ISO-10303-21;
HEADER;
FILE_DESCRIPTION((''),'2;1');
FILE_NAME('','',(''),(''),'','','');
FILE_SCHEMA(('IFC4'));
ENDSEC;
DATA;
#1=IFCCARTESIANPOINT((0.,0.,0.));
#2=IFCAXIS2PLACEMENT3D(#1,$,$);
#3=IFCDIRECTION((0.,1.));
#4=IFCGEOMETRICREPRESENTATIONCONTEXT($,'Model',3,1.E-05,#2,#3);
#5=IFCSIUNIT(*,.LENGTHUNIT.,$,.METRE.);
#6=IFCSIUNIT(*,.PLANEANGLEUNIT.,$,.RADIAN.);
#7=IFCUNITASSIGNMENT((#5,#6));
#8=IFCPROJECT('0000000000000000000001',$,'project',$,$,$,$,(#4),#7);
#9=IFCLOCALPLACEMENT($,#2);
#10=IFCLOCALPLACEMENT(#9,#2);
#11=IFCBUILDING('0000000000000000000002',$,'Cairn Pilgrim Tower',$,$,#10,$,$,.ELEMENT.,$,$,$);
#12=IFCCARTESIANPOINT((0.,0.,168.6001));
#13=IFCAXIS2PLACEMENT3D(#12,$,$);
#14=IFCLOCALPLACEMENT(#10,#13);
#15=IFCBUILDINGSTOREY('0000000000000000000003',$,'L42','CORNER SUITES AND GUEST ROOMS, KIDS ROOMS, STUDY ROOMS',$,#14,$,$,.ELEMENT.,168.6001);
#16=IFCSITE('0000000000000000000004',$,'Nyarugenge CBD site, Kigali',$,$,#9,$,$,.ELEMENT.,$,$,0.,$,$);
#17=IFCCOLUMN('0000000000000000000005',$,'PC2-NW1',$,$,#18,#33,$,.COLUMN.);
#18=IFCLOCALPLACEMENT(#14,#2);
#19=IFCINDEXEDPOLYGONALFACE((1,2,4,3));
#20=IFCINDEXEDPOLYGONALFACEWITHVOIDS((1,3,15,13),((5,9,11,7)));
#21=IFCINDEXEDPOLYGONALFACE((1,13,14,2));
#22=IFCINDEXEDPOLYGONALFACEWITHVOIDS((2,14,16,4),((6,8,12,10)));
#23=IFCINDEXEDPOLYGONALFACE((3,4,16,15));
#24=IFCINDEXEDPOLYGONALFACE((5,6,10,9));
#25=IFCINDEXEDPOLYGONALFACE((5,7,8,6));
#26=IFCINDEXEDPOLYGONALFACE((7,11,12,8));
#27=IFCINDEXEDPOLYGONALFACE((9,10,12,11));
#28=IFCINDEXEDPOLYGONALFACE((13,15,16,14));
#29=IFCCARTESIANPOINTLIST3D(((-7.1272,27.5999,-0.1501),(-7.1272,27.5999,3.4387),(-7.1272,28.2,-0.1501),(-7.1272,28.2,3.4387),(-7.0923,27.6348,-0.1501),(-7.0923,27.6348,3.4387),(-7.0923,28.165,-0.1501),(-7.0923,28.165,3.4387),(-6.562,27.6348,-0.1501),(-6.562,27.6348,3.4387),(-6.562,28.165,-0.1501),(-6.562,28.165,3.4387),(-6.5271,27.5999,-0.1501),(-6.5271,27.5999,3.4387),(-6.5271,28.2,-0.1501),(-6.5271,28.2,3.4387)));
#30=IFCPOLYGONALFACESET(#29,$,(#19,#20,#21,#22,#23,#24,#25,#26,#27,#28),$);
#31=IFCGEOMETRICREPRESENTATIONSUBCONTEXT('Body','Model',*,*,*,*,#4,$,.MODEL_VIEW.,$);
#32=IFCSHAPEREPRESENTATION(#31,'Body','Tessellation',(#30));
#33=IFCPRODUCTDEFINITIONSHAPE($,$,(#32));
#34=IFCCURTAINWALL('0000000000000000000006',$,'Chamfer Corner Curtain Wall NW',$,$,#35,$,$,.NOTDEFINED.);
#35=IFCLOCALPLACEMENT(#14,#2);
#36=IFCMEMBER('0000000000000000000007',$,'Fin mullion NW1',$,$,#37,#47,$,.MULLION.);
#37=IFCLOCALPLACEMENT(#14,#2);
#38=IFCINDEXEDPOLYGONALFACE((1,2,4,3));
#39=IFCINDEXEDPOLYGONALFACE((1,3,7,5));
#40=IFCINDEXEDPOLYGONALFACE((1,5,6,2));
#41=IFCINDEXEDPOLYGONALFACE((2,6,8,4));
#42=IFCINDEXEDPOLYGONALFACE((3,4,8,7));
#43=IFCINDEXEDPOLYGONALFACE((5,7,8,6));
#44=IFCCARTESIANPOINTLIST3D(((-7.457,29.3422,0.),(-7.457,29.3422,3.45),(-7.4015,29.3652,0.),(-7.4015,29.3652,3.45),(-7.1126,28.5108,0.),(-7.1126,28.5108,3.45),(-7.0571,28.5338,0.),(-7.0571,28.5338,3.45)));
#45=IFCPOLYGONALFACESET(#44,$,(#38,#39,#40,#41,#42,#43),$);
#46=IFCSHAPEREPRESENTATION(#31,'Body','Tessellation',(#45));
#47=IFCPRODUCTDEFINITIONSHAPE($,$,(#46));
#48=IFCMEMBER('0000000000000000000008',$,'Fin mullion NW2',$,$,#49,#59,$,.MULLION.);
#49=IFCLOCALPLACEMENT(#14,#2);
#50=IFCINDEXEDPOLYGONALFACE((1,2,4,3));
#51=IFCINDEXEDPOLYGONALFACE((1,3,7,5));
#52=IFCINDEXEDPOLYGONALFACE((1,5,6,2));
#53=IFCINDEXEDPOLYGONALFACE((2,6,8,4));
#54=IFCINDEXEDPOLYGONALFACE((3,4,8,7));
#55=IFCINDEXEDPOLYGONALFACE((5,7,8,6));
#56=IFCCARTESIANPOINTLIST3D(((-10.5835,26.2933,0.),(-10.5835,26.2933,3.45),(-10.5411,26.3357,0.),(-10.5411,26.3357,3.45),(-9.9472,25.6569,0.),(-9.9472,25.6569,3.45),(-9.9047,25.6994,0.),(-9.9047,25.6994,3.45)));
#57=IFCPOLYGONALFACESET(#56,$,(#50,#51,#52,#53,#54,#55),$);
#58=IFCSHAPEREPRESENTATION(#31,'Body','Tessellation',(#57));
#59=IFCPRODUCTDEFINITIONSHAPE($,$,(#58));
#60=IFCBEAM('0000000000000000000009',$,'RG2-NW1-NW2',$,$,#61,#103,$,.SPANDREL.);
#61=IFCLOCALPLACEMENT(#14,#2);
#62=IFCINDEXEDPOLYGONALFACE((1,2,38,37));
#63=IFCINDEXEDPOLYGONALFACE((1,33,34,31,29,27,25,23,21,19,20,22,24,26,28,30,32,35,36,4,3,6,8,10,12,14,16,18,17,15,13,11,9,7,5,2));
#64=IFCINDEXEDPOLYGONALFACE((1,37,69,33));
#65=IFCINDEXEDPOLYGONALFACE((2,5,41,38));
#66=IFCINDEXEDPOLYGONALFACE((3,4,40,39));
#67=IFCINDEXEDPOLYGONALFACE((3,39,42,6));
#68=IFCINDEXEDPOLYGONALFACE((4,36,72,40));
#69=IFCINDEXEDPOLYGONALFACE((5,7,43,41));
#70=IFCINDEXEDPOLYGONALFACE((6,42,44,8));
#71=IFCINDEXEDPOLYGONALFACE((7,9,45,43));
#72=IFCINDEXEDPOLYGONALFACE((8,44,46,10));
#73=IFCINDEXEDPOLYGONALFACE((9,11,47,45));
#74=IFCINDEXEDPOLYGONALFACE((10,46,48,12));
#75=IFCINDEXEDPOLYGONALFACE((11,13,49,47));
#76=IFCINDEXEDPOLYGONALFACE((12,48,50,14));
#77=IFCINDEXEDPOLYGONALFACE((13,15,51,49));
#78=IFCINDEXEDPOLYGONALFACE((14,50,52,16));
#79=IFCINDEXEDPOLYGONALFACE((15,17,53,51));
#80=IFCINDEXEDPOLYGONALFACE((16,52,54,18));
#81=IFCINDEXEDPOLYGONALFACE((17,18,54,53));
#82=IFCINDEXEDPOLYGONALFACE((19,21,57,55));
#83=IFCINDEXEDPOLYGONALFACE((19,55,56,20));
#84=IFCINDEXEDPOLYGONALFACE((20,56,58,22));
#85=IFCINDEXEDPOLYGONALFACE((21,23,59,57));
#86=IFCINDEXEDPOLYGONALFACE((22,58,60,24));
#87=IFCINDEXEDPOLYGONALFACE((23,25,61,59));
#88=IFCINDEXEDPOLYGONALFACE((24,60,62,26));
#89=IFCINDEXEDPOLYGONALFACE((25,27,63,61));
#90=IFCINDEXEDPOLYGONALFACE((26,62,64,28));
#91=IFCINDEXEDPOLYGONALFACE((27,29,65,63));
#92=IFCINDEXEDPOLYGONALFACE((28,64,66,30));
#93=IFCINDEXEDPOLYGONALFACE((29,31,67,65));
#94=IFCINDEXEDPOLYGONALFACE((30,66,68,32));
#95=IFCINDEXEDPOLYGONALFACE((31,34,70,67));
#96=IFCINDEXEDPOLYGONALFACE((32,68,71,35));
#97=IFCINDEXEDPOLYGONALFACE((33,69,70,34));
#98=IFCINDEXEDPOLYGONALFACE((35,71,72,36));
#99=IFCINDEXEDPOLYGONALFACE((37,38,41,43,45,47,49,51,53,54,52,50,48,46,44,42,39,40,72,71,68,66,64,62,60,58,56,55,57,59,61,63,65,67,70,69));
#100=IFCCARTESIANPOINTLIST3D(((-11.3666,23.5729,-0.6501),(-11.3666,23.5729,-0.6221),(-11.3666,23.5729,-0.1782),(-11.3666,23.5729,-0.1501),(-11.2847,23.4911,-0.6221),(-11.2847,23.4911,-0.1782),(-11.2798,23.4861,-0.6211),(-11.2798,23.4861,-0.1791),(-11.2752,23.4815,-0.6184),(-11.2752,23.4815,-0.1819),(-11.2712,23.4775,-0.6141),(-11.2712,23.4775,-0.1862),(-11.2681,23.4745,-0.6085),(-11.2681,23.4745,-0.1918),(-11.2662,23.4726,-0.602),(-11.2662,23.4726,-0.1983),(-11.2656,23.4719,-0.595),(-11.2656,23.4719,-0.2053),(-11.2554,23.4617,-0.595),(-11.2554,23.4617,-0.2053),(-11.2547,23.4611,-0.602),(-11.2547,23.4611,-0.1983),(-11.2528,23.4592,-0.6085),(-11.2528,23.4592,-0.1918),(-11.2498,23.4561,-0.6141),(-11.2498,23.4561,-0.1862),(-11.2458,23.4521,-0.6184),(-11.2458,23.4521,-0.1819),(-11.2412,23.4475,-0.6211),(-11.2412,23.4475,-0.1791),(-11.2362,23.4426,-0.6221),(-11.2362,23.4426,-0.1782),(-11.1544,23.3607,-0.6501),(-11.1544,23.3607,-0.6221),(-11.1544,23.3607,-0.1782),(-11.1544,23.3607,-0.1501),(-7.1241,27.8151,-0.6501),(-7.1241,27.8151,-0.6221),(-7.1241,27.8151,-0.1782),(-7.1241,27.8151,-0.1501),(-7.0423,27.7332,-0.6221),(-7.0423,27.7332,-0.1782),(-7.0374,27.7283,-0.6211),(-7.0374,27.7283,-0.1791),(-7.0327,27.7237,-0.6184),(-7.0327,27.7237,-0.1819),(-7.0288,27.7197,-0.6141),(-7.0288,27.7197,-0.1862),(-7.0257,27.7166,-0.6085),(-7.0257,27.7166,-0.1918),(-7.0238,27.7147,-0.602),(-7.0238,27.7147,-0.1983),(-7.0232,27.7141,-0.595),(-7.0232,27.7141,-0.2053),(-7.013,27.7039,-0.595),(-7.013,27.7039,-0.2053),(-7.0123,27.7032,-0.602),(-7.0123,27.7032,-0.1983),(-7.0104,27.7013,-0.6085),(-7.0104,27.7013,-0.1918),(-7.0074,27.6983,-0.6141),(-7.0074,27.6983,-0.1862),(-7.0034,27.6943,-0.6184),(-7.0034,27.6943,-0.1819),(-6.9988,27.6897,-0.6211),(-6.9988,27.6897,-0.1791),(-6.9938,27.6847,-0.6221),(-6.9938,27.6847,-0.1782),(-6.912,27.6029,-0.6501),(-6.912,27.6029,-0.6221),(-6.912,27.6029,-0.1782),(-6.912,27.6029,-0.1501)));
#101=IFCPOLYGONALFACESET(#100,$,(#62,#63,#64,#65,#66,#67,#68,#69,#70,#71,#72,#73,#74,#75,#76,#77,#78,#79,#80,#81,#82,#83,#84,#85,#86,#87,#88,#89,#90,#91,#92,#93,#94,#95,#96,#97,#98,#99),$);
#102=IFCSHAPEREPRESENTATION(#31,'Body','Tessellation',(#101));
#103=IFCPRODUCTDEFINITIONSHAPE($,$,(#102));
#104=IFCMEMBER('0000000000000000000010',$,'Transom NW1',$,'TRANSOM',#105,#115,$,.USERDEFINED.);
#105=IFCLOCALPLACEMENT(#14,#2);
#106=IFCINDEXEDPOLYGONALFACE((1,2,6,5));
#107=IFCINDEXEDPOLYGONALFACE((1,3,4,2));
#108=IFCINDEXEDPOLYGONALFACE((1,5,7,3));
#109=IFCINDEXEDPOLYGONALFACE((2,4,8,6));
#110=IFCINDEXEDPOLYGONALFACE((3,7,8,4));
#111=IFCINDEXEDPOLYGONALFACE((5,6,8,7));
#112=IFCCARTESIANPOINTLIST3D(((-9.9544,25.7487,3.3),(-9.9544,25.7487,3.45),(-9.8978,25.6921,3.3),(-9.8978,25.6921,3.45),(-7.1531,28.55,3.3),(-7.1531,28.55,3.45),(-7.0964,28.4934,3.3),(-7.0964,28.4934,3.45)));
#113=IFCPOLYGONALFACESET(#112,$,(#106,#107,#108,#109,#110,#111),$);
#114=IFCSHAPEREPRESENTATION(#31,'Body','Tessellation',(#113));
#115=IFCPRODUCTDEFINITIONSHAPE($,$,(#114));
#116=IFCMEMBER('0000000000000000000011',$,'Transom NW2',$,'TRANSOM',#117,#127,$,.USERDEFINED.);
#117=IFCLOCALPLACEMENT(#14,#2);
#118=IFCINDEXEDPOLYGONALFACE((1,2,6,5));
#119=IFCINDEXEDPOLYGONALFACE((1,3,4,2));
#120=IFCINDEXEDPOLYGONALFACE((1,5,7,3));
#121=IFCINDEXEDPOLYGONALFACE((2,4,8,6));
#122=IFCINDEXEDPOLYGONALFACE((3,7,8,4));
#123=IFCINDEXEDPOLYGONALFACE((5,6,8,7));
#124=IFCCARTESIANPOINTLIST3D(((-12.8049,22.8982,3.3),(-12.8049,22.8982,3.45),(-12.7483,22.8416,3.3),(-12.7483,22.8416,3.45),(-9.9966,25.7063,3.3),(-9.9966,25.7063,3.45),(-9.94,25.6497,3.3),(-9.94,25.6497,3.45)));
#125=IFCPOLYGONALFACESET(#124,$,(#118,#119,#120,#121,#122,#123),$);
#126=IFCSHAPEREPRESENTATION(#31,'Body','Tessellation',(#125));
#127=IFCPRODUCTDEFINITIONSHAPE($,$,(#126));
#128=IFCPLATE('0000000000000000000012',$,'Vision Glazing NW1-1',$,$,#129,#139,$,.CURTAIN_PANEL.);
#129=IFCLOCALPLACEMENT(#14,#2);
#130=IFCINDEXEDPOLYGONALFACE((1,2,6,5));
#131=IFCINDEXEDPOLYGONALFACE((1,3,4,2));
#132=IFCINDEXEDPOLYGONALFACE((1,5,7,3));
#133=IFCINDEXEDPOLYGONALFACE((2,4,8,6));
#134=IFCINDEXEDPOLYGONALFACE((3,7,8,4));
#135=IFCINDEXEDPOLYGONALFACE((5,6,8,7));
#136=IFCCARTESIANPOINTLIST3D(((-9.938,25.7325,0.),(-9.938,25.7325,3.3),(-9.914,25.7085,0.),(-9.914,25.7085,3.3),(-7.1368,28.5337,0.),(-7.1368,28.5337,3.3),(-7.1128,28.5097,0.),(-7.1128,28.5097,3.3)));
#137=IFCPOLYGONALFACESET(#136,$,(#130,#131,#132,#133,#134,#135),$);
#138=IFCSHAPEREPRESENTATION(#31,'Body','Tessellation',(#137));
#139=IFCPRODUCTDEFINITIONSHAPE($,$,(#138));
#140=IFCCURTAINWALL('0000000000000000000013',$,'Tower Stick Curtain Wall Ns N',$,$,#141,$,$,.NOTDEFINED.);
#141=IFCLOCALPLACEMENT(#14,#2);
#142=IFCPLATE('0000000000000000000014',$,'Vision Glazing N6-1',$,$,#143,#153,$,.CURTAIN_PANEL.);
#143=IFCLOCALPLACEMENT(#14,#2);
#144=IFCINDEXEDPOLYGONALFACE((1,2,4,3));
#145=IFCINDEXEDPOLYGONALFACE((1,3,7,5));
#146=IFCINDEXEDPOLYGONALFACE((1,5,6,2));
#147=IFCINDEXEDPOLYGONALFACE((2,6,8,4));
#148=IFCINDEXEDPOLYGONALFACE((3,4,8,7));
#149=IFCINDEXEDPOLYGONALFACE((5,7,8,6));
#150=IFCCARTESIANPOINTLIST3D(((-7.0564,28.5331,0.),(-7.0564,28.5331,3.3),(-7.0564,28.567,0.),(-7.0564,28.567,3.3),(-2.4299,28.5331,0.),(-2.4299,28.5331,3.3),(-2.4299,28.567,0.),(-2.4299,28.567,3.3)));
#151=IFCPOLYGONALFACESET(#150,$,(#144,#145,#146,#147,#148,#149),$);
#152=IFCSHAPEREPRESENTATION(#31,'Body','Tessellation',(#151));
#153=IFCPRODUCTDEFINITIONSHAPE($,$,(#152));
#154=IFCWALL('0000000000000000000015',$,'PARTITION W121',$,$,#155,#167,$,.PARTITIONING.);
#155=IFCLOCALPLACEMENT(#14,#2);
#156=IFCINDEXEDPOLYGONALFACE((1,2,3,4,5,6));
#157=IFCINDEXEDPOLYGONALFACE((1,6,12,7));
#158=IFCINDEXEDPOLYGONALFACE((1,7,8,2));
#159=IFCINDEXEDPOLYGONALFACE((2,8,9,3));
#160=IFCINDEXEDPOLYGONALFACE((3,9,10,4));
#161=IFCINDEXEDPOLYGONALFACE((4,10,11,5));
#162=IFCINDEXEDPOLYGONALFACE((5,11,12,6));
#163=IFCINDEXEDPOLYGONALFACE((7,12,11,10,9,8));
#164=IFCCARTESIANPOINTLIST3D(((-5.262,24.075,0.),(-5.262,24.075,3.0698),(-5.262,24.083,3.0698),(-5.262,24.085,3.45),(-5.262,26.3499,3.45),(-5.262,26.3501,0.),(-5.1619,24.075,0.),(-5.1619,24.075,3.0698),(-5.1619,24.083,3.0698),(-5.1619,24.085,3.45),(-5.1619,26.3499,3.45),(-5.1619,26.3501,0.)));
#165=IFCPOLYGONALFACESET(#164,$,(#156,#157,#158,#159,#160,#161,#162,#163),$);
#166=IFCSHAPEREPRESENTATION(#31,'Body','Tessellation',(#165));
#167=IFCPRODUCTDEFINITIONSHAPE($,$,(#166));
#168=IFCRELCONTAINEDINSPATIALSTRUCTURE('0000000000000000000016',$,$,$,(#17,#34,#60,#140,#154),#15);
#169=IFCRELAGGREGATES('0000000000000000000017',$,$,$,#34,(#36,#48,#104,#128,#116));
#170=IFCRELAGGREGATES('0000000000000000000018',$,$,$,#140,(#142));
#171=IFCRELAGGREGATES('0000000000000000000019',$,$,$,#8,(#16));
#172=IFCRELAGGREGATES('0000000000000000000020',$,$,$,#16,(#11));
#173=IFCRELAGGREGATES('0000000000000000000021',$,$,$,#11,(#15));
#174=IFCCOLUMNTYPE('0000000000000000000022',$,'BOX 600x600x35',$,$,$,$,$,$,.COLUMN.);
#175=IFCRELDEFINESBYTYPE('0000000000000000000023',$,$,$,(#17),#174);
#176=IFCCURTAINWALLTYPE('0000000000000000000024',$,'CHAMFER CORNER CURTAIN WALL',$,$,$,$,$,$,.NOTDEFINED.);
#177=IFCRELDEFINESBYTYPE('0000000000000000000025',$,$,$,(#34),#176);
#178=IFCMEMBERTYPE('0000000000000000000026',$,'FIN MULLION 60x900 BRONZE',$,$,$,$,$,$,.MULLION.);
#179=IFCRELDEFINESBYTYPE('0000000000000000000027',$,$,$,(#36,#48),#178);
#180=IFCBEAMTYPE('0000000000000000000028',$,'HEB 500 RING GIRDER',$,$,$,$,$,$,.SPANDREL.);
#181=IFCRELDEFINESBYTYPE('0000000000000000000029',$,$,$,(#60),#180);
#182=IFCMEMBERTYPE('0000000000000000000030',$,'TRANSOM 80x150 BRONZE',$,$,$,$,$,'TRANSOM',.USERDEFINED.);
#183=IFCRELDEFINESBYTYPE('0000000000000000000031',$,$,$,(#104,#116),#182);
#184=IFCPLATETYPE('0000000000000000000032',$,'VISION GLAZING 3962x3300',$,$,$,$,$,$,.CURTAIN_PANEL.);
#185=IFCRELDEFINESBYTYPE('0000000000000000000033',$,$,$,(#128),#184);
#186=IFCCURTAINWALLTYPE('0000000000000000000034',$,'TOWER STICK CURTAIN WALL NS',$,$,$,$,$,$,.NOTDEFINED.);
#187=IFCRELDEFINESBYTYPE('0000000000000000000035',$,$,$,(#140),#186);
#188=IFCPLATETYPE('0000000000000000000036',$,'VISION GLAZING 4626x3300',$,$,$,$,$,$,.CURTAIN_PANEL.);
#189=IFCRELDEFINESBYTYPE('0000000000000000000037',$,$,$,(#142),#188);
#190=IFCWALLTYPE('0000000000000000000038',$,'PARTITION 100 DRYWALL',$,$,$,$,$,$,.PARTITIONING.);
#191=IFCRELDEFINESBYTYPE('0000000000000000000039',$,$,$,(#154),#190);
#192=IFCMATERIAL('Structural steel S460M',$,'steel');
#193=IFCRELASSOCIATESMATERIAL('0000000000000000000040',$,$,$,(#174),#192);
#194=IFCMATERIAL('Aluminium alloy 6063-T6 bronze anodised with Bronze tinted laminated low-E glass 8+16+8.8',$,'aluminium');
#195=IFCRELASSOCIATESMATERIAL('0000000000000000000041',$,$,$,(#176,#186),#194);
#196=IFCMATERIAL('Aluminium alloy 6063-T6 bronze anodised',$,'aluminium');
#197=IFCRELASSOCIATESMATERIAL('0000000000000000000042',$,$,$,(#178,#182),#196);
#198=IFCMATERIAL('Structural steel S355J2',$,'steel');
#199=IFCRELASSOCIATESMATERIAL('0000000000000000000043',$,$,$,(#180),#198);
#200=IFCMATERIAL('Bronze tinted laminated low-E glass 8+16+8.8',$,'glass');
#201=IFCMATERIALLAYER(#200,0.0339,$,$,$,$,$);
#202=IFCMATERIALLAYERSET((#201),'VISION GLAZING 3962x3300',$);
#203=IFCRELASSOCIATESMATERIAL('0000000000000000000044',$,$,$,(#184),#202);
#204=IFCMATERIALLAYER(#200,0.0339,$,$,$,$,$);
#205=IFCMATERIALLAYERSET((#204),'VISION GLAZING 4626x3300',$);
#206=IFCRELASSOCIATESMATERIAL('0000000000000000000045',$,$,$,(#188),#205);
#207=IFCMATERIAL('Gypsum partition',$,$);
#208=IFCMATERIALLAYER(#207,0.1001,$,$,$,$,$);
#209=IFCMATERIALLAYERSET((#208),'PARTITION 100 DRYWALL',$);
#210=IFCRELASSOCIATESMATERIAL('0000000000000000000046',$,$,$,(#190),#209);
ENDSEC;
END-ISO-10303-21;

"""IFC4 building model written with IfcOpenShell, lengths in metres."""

from ifc_helpers import new_model, si_unit, direction, frame, origin, origin_2d, place, context, subcontext, project, spatial, polyline, rectangle, hollow_rectangle, i_section, outline, extrude, clip, halfspace, material, layer, layer_set, material_profile, profile_set, type_object, element, aggregate, save


model = new_model("IFC4")

# Units and contexts
model_context = context("Model", 3, precision=1e-05, world=origin(), true_north=direction((0.0, 1.0)))
body_context = subcontext(model_context, "Body", "Model", "MODEL_VIEW")
ifc_project = project(units=[si_unit("LENGTHUNIT", "METRE"), si_unit("PLANEANGLEUNIT", "RADIAN")], contexts=[model_context])

# Site, building, storey
site_placement = place(None, origin())
site = spatial("IfcSite", under=ifc_project, at=site_placement, Name="Nyarugenge CBD site, Kigali", CompositionType="ELEMENT", RefElevation=0.0)
building_placement = place(site_placement, origin())
building = spatial("IfcBuilding", under=site, at=building_placement, Name="Cairn Pilgrim Tower", CompositionType="ELEMENT")
storey_placement = place(building_placement, frame((0.0, 0.0, 168.6001)))
storey = spatial("IfcBuildingStorey", under=building, at=storey_placement, Name="L42", Description="CORNER SUITES AND GUEST ROOMS, KIDS ROOMS, STUDY ROOMS", CompositionType="ELEMENT", Elevation=168.6001)

# Column
ifc_material_1 = material(Name="Structural steel S460M", Category="steel")
ifc_material_profile_1 = material_profile(ifc_material_1, hollow_rectangle(XDim=0.6001, YDim=0.6001, WallThickness=0.0349, at=origin_2d()), Name="BOX 600x600x35")
ifc_profile_set_1 = profile_set([ifc_material_profile_1], Name="Structural steel S460M")
column_type = type_object("IfcColumnType", Name="BOX 600x600x35", PredefinedType="COLUMN", material=ifc_profile_set_1)
column_placement = place(storey_placement, frame((-6.8271, 27.8999, -0.1501), z_axis=(0.0, 0.0, 1.0), x_axis=(1.0, 0.0, 0.0)))
element("IfcColumn", 1, at=column_placement, inside=storey, type_object=column_type, Name="PC2-NW1", PredefinedType="COLUMN", context=body_context, shape_type="Clipping", body=[
    clip(extrude(hollow_rectangle(XDim=0.6001, YDim=0.6001, WallThickness=0.0349, at=origin_2d()), origin(), (0.0, 0.0, 1.0), 3.6001), halfspace(frame((0.0, 0.0, 3.5889), z_axis=(0.0, 0.0, 1.0), x_axis=(1.0, 0.0, 0.0)), False)),
])

# Curtain wall, members
ifc_material_2 = material(Name="Aluminium alloy 6063-T6 bronze anodised with Bronze tinted laminated low-E glass 8+16+8.8", Category="aluminium")
curtain_wall_type_1 = type_object("IfcCurtainWallType", Name="CHAMFER CORNER CURTAIN WALL", PredefinedType="NOTDEFINED", material=ifc_material_2)
curtain_wall_1_placement = place(storey_placement, origin())
curtain_wall_1 = element("IfcCurtainWall", 2, at=curtain_wall_1_placement, inside=storey, type_object=curtain_wall_type_1, Name="Chamfer Corner Curtain Wall NW", PredefinedType="NOTDEFINED")
ifc_material_3 = material(Name="Aluminium alloy 6063-T6 bronze anodised", Category="aluminium")
ifc_material_profile_2 = material_profile(ifc_material_3, rectangle(XDim=0.8999, YDim=0.0601, at=origin_2d()), Name="FIN MULLION 60x900 BRONZE")
ifc_profile_set_2 = profile_set([ifc_material_profile_2], Name="Aluminium alloy 6063-T6 bronze anodised")
member_type_1 = type_object("IfcMemberType", Name="FIN MULLION 60x900 BRONZE", PredefinedType="MULLION", material=ifc_profile_set_2)
member_1_placement = place(storey_placement, frame((-7.2571, 28.938, 0.0), z_axis=(0.0, 0.0, 1.0), x_axis=(-0.382683, 0.92388, 0.0)))
member_1 = element("IfcMember", 3, at=member_1_placement, type_object=member_type_1, Name="Fin mullion NW1", PredefinedType="MULLION", context=body_context, shape_type="SweptSolid", body=[
    extrude(rectangle(XDim=0.8999, YDim=0.0601, at=origin_2d()), origin(), (0.0, 0.0, 1.0), 3.45),
])
member_2_placement = place(storey_placement, frame((-10.2441, 25.9963, 0.0), z_axis=(0.0, 0.0, 1.0), x_axis=(-0.707107, 0.707107, 0.0)))
member_2 = element("IfcMember", 4, at=member_2_placement, type_object=member_type_1, Name="Fin mullion NW2", PredefinedType="MULLION", context=body_context, shape_type="SweptSolid", body=[
    extrude(rectangle(XDim=0.8999, YDim=0.0601, at=origin_2d()), origin(), (0.0, 0.0, 1.0), 3.45),
])

# Beam
ifc_material_4 = material(Name="Structural steel S355J2", Category="steel")
ifc_material_profile_3 = material_profile(ifc_material_4, i_section(OverallWidth=0.3, OverallDepth=0.5, WebThickness=0.0144, FlangeThickness=0.0281, FilletRadius=0.0271, at=origin_2d()), Name="HEB 500")
ifc_profile_set_3 = profile_set([ifc_material_profile_3], Name="Structural steel S355J2")
beam_type = type_object("IfcBeamType", Name="HEB 500 RING GIRDER", PredefinedType="SPANDREL", material=ifc_profile_set_3)
beam_placement = place(storey_placement, frame((-7.0181, 27.709, -0.4001), z_axis=(-0.707127, -0.707086, 0.0), x_axis=(0.707086, -0.707127, 0.0)))
element("IfcBeam", 5, at=beam_placement, inside=storey, type_object=beam_type, Name="RG2-NW1-NW2", PredefinedType="SPANDREL", context=body_context, shape_type="SweptSolid", body=[
    extrude(i_section(OverallWidth=0.3, OverallDepth=0.5, WebThickness=0.0144, FlangeThickness=0.0281, FilletRadius=0.0271, at=origin_2d()), origin(), (0.0, 0.0, 1.0), 5.9995),
])

# Members
ifc_material_profile_4 = material_profile(ifc_material_3, rectangle(XDim=0.0801, YDim=0.1499, at=origin_2d()), Name="TRANSOM 80x150 BRONZE")
ifc_profile_set_4 = profile_set([ifc_material_profile_4], Name="Aluminium alloy 6063-T6 bronze anodised")
member_type_2 = type_object("IfcMemberType", Name="TRANSOM 80x150 BRONZE", ElementType="TRANSOM", PredefinedType="USERDEFINED", material=ifc_profile_set_4)
member_3_placement = place(storey_placement, frame((-7.1248, 28.5217, 3.375), z_axis=(-0.707107, -0.707107, 0.0), x_axis=(0.707107, -0.707107, 0.0)))
member_3 = element("IfcMember", 6, at=member_3_placement, type_object=member_type_2, Name="Transom NW1", ObjectType="TRANSOM", PredefinedType="USERDEFINED", context=body_context, shape_type="SweptSolid", body=[
    extrude(rectangle(XDim=0.0801, YDim=0.1499, at=origin_2d()), origin(), (0.0, 0.0, 1.0), 3.9617),
])
member_4_placement = place(storey_placement, frame((-9.9683, 25.678, 3.375), z_axis=(-0.707138, -0.707076, 0.0), x_axis=(0.707076, -0.707138, 0.0)))
member_4 = element("IfcMember", 7, at=member_4_placement, type_object=member_type_2, Name="Transom NW2", ObjectType="TRANSOM", PredefinedType="USERDEFINED", context=body_context, shape_type="SweptSolid", body=[
    extrude(rectangle(XDim=0.0801, YDim=0.1499, at=origin_2d()), origin(), (0.0, 0.0, 1.0), 3.9714),
])

# Plate
ifc_material_5 = material(Name="Bronze tinted laminated low-E glass 8+16+8.8", Category="glass")
ifc_layer_1 = layer(ifc_material_5, 0.0339)
ifc_layer_set_1 = layer_set([ifc_layer_1], Name="VISION GLAZING 3962x3300")
plate_type_1 = type_object("IfcPlateType", Name="VISION GLAZING 3962x3300", PredefinedType="CURTAIN_PANEL", material=ifc_layer_set_1)
plate_1_placement = place(storey_placement, frame((-8.5254, 27.1211, 0.0), z_axis=(0.0, 0.0, 1.0), x_axis=(-0.707107, -0.707107, 0.0)))
plate_1 = element("IfcPlate", 8, at=plate_1_placement, type_object=plate_type_1, Name="Vision Glazing NW1-1", PredefinedType="CURTAIN_PANEL", context=body_context, shape_type="SweptSolid", body=[
    extrude(rectangle(XDim=3.9614, YDim=0.0339, at=origin_2d()), origin(), (0.0, 0.0, 1.0), 3.3),
])
aggregate(curtain_wall_1, [member_1, member_2, member_3, plate_1, member_4])

# Curtain wall, plate
curtain_wall_type_2 = type_object("IfcCurtainWallType", Name="TOWER STICK CURTAIN WALL NS", PredefinedType="NOTDEFINED", material=ifc_material_2)
curtain_wall_2_placement = place(storey_placement, origin())
curtain_wall_2 = element("IfcCurtainWall", 9, at=curtain_wall_2_placement, inside=storey, type_object=curtain_wall_type_2, Name="Tower Stick Curtain Wall Ns N", PredefinedType="NOTDEFINED")
ifc_layer_2 = layer(ifc_material_5, 0.0339)
ifc_layer_set_2 = layer_set([ifc_layer_2], Name="VISION GLAZING 4626x3300")
plate_type_2 = type_object("IfcPlateType", Name="VISION GLAZING 4626x3300", PredefinedType="CURTAIN_PANEL", material=ifc_layer_set_2)
plate_2_placement = place(storey_placement, frame((-4.7432, 28.55, 0.0), z_axis=(0.0, 0.0, 1.0), x_axis=(-1.0, 0.0, 0.0)))
plate_2 = element("IfcPlate", 10, at=plate_2_placement, type_object=plate_type_2, Name="Vision Glazing N6-1", PredefinedType="CURTAIN_PANEL", context=body_context, shape_type="SweptSolid", body=[
    extrude(rectangle(XDim=4.6265, YDim=0.0339, at=origin_2d()), origin(), (0.0, 0.0, 1.0), 3.3),
])
aggregate(curtain_wall_2, [plate_2])

# Wall
ifc_material_6 = material(Name="Gypsum partition")
ifc_layer_3 = layer(ifc_material_6, 0.1001)
ifc_layer_set_3 = layer_set([ifc_layer_3], Name="PARTITION 100 DRYWALL")
wall_type_1 = type_object("IfcWallType", Name="PARTITION 100 DRYWALL", PredefinedType="PARTITIONING", material=ifc_layer_set_3)
wall_1_placement = place(storey_placement, frame((-5.2119, 24.075, 0.0), z_axis=(0.0, 0.0, 1.0), x_axis=(0.0, 1.0, 0.0)))
element("IfcWall", 11, at=wall_1_placement, inside=storey, type_object=wall_type_1, Name="PARTITION W121", PredefinedType="PARTITIONING", context=body_context, shape_type="SweptSolid", body=[
    extrude(outline(polyline([(0.0, 0.0), (2.2751, 0.0), (2.2749, 3.45), (0.01, 3.45), (0.0081, 3.0698), (0.0, 3.0698), (0.0, 0.0)])), frame((0.0, 0.05, 0.0), z_axis=(0.0, -1.0, 0.0), x_axis=(1.0, 0.0, 0.0)), (0.0, 0.0, 1.0), 0.1001),
])

save(model, "model.ifc")
